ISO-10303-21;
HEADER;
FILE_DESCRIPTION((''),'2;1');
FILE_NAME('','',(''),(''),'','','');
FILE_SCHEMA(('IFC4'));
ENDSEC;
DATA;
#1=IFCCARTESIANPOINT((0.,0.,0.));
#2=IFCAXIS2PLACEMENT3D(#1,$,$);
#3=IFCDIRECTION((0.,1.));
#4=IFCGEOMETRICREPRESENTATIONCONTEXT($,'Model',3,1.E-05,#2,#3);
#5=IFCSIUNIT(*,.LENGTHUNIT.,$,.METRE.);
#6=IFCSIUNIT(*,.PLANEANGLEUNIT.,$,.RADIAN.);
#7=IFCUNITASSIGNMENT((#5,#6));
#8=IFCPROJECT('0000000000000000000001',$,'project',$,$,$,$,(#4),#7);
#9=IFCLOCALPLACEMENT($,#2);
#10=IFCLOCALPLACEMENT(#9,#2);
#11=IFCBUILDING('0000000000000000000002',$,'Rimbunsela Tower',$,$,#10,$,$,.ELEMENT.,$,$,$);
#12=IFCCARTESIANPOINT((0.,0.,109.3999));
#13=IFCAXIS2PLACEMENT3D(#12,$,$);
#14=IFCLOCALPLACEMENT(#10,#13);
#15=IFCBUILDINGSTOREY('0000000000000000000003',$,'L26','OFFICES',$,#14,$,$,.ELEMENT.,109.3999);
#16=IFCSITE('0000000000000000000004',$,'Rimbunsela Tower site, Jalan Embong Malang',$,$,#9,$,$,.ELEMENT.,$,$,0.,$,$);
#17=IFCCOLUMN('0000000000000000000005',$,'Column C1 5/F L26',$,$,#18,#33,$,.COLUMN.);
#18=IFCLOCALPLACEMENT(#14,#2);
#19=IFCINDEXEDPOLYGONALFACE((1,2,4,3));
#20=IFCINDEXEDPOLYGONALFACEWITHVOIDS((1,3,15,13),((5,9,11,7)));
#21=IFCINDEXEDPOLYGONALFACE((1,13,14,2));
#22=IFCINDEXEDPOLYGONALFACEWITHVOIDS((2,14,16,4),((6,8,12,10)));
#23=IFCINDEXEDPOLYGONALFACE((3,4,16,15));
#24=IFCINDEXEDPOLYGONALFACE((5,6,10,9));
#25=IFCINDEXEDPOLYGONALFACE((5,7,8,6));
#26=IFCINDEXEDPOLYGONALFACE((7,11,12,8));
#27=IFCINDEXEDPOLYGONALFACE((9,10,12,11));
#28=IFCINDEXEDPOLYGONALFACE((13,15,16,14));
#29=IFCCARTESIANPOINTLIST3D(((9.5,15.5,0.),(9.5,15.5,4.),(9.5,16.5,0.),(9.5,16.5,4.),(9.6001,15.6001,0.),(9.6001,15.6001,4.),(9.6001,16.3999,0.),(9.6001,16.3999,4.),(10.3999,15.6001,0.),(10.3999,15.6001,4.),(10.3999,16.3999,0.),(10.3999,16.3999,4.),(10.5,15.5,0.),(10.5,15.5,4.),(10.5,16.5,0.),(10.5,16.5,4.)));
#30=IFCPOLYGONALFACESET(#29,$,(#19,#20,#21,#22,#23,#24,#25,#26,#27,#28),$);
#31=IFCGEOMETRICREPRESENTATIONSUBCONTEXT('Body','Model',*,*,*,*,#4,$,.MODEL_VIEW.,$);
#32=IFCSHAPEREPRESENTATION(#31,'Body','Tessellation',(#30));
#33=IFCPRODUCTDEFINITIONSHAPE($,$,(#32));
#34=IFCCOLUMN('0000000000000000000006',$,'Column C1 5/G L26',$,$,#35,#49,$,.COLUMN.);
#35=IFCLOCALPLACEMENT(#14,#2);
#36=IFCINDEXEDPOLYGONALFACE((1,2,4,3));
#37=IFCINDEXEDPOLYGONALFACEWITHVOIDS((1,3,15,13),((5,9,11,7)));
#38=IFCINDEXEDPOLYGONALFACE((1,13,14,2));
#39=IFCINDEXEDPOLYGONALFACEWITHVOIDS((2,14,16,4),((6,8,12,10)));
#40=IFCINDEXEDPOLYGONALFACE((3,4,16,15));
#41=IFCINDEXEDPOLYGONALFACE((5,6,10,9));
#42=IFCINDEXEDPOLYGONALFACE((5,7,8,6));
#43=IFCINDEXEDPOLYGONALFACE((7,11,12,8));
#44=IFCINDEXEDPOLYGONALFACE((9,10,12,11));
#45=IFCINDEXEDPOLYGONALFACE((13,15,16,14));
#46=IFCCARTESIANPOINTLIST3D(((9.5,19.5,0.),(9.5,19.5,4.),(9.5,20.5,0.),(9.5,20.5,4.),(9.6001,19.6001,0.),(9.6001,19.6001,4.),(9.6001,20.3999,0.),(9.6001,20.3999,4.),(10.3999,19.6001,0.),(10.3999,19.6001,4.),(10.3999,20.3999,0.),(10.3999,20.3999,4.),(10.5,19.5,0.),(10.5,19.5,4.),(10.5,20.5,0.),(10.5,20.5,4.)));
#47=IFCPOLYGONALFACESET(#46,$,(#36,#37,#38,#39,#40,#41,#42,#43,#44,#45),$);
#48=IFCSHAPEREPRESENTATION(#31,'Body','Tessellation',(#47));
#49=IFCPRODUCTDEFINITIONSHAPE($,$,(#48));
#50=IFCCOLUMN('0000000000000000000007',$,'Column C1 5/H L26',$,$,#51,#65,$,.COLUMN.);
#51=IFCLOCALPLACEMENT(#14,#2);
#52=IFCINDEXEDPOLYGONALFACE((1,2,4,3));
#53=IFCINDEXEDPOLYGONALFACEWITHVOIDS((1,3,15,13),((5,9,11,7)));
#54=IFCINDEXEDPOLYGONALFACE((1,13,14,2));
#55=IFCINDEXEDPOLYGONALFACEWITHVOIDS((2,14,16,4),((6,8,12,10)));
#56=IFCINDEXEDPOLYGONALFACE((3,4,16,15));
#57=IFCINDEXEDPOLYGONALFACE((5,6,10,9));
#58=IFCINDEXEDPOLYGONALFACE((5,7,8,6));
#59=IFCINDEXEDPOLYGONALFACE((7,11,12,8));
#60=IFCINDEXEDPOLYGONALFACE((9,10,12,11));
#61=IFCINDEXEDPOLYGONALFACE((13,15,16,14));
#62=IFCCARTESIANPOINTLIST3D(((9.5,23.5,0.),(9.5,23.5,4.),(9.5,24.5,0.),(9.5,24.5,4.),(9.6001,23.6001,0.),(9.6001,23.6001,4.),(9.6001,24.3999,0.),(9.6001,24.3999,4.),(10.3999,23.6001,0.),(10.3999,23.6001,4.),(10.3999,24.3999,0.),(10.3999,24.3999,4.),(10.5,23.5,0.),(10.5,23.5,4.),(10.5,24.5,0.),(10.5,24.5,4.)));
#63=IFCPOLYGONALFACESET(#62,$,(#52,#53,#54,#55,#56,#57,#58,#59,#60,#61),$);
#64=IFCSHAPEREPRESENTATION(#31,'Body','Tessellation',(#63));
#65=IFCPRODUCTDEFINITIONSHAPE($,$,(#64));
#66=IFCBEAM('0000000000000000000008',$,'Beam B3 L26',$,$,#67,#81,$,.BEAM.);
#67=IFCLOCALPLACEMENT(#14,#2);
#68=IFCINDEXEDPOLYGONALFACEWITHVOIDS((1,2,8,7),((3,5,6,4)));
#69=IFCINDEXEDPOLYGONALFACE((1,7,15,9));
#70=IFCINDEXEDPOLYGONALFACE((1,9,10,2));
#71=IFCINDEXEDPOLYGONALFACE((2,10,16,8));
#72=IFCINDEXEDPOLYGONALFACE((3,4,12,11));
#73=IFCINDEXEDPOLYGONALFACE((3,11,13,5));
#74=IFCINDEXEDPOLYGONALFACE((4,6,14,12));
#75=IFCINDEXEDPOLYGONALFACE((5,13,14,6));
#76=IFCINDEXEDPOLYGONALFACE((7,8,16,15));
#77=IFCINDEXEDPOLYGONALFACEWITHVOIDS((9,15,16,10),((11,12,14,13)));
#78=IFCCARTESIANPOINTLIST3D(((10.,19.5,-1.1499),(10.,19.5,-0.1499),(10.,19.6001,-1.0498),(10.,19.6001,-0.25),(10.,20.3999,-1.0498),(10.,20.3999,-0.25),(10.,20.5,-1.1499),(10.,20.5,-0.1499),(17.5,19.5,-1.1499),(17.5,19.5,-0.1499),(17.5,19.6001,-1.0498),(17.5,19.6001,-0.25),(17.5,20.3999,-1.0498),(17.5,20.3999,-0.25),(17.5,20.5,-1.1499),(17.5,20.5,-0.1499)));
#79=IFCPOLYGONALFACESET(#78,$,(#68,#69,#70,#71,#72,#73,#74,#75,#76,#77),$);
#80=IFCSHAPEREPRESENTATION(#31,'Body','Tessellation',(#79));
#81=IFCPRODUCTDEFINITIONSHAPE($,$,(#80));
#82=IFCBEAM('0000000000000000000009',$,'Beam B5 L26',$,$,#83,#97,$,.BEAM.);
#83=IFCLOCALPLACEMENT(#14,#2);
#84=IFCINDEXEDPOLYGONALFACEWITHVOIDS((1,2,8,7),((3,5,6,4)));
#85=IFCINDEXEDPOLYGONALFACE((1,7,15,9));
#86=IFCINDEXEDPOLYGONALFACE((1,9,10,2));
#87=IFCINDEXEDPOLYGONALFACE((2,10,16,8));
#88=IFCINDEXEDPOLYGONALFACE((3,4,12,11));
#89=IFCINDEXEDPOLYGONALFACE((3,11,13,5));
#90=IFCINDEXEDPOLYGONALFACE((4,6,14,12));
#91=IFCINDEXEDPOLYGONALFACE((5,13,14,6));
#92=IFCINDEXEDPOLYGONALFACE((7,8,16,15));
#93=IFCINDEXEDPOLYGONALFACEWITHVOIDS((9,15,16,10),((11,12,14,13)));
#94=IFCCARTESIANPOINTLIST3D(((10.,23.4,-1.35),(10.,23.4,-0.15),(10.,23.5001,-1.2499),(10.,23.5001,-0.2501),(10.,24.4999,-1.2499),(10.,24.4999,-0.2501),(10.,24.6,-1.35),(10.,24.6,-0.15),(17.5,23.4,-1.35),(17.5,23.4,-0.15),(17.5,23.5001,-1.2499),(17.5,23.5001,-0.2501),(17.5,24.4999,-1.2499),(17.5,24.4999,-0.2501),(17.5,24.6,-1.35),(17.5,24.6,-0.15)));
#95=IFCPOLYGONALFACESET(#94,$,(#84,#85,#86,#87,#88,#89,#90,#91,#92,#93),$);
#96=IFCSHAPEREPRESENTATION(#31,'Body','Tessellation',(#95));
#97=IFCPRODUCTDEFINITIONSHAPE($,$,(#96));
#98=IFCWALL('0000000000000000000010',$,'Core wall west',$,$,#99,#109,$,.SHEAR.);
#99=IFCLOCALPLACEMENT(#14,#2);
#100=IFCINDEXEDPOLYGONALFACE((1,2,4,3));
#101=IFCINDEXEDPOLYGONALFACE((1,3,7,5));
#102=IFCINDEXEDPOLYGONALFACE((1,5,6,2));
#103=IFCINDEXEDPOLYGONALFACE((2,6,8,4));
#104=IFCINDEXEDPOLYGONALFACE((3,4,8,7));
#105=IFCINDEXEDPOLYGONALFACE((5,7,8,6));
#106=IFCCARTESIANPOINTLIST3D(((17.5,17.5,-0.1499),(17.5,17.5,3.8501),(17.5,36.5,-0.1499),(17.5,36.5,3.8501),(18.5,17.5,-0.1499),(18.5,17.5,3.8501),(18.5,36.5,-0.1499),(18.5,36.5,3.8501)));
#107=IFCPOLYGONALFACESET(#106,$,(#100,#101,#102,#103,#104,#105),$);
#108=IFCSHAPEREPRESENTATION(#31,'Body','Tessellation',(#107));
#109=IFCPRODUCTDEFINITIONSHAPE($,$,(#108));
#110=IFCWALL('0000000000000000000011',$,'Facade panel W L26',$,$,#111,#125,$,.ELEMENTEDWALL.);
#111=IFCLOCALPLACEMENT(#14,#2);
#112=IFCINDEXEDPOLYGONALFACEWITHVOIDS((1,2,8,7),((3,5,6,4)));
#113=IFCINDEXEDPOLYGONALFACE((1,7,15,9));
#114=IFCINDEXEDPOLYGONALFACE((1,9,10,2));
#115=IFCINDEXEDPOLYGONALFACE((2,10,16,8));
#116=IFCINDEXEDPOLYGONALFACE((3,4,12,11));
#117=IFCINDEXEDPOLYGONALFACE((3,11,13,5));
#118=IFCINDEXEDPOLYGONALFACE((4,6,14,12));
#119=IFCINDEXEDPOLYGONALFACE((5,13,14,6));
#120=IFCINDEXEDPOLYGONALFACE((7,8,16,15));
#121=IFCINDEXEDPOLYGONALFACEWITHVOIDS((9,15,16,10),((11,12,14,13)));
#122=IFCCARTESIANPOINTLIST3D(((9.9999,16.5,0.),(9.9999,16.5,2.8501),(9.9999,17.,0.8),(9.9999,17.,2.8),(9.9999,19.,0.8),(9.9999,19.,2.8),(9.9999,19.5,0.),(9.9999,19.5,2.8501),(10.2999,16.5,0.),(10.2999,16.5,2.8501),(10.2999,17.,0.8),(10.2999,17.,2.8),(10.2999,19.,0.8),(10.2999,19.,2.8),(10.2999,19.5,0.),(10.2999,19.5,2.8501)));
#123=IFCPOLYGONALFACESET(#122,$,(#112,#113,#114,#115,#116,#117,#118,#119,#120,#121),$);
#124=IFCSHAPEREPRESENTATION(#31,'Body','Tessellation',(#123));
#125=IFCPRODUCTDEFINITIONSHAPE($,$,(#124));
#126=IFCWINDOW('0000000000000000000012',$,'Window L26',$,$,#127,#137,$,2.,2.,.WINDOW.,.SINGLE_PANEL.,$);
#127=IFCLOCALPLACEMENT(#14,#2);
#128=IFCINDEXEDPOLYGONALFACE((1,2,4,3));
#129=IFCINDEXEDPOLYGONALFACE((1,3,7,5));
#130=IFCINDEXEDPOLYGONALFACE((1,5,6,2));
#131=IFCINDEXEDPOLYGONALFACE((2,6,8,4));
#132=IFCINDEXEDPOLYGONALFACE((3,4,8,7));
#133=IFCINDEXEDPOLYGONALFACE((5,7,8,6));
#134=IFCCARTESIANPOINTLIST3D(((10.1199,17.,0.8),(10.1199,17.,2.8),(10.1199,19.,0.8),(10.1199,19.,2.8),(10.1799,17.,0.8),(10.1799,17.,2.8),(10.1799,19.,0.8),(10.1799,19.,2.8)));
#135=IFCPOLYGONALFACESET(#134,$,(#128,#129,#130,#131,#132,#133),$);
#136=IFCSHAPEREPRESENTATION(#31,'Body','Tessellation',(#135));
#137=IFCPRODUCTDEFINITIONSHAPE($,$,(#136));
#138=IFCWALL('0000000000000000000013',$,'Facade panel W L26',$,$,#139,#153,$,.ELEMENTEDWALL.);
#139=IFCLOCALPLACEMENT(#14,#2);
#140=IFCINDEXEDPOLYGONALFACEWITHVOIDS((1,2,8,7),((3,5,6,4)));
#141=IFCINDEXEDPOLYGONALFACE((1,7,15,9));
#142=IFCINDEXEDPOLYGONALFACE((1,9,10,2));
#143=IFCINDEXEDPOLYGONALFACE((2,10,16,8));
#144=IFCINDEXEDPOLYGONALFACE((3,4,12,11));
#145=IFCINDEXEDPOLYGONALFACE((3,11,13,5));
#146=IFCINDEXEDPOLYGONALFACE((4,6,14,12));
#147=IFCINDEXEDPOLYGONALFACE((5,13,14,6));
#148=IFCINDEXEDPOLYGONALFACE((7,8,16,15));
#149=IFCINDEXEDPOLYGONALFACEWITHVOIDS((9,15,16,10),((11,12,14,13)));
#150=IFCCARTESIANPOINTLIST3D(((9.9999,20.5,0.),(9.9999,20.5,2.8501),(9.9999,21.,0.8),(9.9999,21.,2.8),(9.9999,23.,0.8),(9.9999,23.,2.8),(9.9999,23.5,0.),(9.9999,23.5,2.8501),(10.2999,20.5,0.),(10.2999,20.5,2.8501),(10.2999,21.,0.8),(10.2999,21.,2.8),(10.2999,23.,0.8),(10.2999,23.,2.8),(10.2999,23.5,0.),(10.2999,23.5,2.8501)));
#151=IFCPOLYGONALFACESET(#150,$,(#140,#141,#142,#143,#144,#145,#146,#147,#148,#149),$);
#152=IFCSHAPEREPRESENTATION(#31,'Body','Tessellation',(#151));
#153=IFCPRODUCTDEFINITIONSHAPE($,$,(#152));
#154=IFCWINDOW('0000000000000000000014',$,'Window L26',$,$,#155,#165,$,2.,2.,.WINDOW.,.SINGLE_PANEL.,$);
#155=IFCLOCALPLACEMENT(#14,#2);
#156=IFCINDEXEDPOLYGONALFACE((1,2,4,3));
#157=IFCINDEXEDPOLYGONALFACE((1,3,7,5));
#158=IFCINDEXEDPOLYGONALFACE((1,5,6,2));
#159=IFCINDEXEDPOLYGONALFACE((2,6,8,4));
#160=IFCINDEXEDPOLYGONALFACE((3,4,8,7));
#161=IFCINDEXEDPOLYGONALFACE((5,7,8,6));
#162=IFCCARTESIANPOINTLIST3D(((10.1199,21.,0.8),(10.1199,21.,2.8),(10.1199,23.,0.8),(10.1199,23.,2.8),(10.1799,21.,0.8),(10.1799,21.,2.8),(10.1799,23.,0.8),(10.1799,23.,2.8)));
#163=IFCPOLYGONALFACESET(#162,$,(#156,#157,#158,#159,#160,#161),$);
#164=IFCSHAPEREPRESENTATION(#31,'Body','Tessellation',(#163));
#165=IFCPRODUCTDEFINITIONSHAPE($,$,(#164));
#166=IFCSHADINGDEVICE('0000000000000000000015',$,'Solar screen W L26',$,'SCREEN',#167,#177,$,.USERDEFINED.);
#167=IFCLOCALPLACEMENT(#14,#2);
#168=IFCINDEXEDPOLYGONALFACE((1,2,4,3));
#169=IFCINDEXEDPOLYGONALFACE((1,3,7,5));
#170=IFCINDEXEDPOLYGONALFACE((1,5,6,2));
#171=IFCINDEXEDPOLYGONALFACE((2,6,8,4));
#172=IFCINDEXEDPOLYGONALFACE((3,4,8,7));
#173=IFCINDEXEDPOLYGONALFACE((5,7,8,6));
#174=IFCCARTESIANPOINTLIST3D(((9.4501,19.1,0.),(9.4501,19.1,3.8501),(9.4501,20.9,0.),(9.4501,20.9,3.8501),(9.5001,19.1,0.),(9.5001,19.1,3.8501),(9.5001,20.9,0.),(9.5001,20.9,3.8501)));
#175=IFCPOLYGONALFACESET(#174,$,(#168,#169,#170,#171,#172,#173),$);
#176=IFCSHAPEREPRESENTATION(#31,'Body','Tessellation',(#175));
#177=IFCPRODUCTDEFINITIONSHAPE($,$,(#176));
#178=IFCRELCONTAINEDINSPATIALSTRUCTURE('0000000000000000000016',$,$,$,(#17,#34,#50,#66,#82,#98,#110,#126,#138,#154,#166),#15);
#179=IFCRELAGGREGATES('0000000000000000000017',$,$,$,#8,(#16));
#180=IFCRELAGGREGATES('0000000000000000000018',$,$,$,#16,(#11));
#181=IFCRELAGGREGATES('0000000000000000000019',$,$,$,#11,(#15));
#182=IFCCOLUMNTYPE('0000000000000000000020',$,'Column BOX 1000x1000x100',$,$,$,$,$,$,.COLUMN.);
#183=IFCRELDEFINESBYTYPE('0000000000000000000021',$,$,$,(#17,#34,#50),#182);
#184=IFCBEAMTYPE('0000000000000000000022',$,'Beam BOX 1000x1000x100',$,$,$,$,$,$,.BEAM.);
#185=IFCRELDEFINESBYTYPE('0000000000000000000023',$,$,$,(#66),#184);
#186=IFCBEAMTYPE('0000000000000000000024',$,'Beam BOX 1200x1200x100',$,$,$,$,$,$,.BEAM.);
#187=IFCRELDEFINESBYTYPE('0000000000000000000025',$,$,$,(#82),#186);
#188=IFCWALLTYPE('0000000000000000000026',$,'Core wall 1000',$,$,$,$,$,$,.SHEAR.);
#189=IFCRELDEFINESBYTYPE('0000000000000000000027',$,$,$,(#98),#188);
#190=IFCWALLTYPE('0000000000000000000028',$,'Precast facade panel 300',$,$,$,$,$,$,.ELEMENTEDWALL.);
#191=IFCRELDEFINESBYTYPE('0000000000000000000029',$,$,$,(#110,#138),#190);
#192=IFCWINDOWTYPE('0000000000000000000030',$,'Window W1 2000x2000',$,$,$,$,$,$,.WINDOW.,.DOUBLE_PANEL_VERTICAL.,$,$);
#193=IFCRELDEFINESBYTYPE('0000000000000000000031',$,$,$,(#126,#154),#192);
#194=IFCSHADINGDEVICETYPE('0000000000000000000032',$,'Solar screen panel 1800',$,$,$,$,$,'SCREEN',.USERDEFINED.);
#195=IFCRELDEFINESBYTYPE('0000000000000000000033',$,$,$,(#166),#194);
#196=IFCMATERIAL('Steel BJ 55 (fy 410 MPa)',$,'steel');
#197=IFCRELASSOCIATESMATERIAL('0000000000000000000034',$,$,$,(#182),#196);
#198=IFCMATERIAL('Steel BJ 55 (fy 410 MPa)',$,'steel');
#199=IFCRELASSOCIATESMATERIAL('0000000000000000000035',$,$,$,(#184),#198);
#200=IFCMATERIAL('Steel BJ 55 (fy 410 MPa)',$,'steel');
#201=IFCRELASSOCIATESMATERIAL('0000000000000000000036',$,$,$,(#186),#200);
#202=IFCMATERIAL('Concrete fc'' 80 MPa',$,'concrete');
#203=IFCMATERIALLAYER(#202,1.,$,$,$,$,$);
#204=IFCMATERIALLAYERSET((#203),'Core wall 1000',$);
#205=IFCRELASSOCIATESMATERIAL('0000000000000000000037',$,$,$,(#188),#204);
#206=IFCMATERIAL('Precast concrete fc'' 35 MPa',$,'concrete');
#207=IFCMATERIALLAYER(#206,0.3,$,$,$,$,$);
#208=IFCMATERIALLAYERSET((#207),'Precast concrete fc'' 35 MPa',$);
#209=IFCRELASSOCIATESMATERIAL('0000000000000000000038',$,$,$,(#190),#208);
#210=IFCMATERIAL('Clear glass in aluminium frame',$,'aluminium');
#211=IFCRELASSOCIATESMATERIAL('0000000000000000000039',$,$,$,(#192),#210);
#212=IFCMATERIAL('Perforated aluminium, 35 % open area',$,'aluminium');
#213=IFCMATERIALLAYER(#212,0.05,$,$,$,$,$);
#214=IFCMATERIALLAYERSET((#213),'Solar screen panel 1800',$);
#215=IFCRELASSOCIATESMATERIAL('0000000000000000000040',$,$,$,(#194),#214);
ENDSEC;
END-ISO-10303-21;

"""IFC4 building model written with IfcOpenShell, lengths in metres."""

from ifc_helpers import new_model, si_unit, direction, frame, frame_2d, origin, origin_2d, place, context, subcontext, project, spatial, rectangle, hollow_rectangle, extrude, material, layer, layer_set, material_profile, profile_set, type_object, element, fill, save


model = new_model("IFC4")

# Units and contexts
model_context = context("Model", 3, precision=1e-05, world=origin(), true_north=direction((0.0, 1.0)))
body_context = subcontext(model_context, "Body", "Model", "MODEL_VIEW")
ifc_project = project(units=[si_unit("LENGTHUNIT", "METRE"), si_unit("PLANEANGLEUNIT", "RADIAN")], contexts=[model_context])

# Site, building, storey
site_placement = place(None, origin())
site = spatial("IfcSite", under=ifc_project, at=site_placement, Name="Rimbunsela Tower site, Jalan Embong Malang", CompositionType="ELEMENT", RefElevation=0.0)
building_placement = place(site_placement, origin())
building = spatial("IfcBuilding", under=site, at=building_placement, Name="Rimbunsela Tower", CompositionType="ELEMENT")
storey_placement = place(building_placement, frame((0.0, 0.0, 109.3999)))
storey = spatial("IfcBuildingStorey", under=building, at=storey_placement, Name="L26", Description="OFFICES", CompositionType="ELEMENT", Elevation=109.3999)

# Columns
ifc_material_1 = material(Name="Steel BJ 55 (fy 410 MPa)", Category="steel")
ifc_material_profile_1 = material_profile(ifc_material_1, hollow_rectangle(XDim=1.0, YDim=1.0, WallThickness=0.1001, at=origin_2d()), Name="BOX 1000x1000x100")
ifc_profile_set_1 = profile_set([ifc_material_profile_1], Name="Steel BJ 55 (fy 410 MPa)")
column_type = type_object("IfcColumnType", Name="Column BOX 1000x1000x100", PredefinedType="COLUMN", material=ifc_profile_set_1)
for number, where, z_axis, x_axis, name in (
    (1, (10.0, 16.0, 0.0), (0.0, 0.0, 1.0), (1.0, 0.0, 0.0), "Column C1 5/F L26"),
    (2, (10.0, 20.0, 0.0), (0.0, 0.0, 1.0), (1.0, 0.0, 0.0), "Column C1 5/G L26"),
    (3, (10.0, 24.0, 0.0), (0.0, 0.0, 1.0), (1.0, 0.0, 0.0), "Column C1 5/H L26"),
):
    element("IfcColumn", number, at=place(storey_placement, frame(where, z_axis=z_axis, x_axis=x_axis)), inside=storey, type_object=column_type, Name=name, PredefinedType="COLUMN", context=body_context, shape_type="SweptSolid", body=[
        extrude(hollow_rectangle(XDim=1.0, YDim=1.0, WallThickness=0.1001, at=origin_2d()), origin(), (0.0, 0.0, 1.0), 4.0),
    ])

# Beams
ifc_material_2 = material(Name="Steel BJ 55 (fy 410 MPa)", Category="steel")
ifc_material_profile_2 = material_profile(ifc_material_2, hollow_rectangle(XDim=1.0, YDim=1.0, WallThickness=0.1001, at=origin_2d()), Name="BOX 1000x1000x100")
ifc_profile_set_2 = profile_set([ifc_material_profile_2], Name="Steel BJ 55 (fy 410 MPa)")
beam_type_1 = type_object("IfcBeamType", Name="Beam BOX 1000x1000x100", PredefinedType="BEAM", material=ifc_profile_set_2)
beam_1_placement = place(storey_placement, frame((10.0, 20.0, -0.6499), z_axis=(1.0, 0.0, 0.0), x_axis=(0.0, 1.0, 0.0)))
element("IfcBeam", 4, at=beam_1_placement, inside=storey, type_object=beam_type_1, Name="Beam B3 L26", PredefinedType="BEAM", context=body_context, shape_type="SweptSolid", body=[
    extrude(hollow_rectangle(XDim=1.0, YDim=1.0, WallThickness=0.1001, at=origin_2d()), origin(), (0.0, 0.0, 1.0), 7.5),
])
ifc_material_3 = material(Name="Steel BJ 55 (fy 410 MPa)", Category="steel")
ifc_material_profile_3 = material_profile(ifc_material_3, hollow_rectangle(XDim=1.2, YDim=1.2, WallThickness=0.1001, at=origin_2d()), Name="BOX 1200x1200x100")
ifc_profile_set_3 = profile_set([ifc_material_profile_3], Name="Steel BJ 55 (fy 410 MPa)")
beam_type_2 = type_object("IfcBeamType", Name="Beam BOX 1200x1200x100", PredefinedType="BEAM", material=ifc_profile_set_3)
beam_2_placement = place(storey_placement, frame((10.0, 24.0, -0.75), z_axis=(1.0, 0.0, 0.0), x_axis=(0.0, 1.0, 0.0)))
element("IfcBeam", 5, at=beam_2_placement, inside=storey, type_object=beam_type_2, Name="Beam B5 L26", PredefinedType="BEAM", context=body_context, shape_type="SweptSolid", body=[
    extrude(hollow_rectangle(XDim=1.2, YDim=1.2, WallThickness=0.1001, at=origin_2d()), origin(), (0.0, 0.0, 1.0), 7.5),
])

# Wall
ifc_material_4 = material(Name="Concrete fc' 80 MPa", Category="concrete")
ifc_layer_1 = layer(ifc_material_4, 1.0)
ifc_layer_set_1 = layer_set([ifc_layer_1], Name="Core wall 1000")
wall_type_1 = type_object("IfcWallType", Name="Core wall 1000", PredefinedType="SHEAR", material=ifc_layer_set_1)
wall_1_placement = place(storey_placement, frame((18.0, 17.5, -0.1499), z_axis=(0.0, 0.0, 1.0), x_axis=(0.0, 1.0, 0.0)))
element("IfcWall", 6, at=wall_1_placement, inside=storey, type_object=wall_type_1, Name="Core wall west", PredefinedType="SHEAR", context=body_context, shape_type="SweptSolid", body=[
    extrude(rectangle(XDim=19.0, YDim=1.0, at=frame_2d((9.5, 0.0))), origin(), (0.0, 0.0, 1.0), 4.0),
])

# Walls, openings, windows
ifc_material_5 = material(Name="Precast concrete fc' 35 MPa", Category="concrete")
ifc_layer_2 = layer(ifc_material_5, 0.3)
ifc_layer_set_2 = layer_set([ifc_layer_2], Name="Precast concrete fc' 35 MPa")
wall_type_2 = type_object("IfcWallType", Name="Precast facade panel 300", PredefinedType="ELEMENTEDWALL", material=ifc_layer_set_2)
wall_2_placement = place(storey_placement, frame((10.1499, 19.5, 0.0), z_axis=(0.0, 0.0, 1.0), x_axis=(0.0, -1.0, 0.0)))
wall_2 = element("IfcWall", 7, at=wall_2_placement, inside=storey, type_object=wall_type_2, Name="Facade panel W L26", PredefinedType="ELEMENTEDWALL", context=body_context, shape_type="SweptSolid", body=[
    extrude(rectangle(XDim=3.0, YDim=0.3, at=frame_2d((1.5, 0.0))), origin(), (0.0, 0.0, 1.0), 2.8501),
])
opening_1_placement = place(wall_2_placement, frame((0.5, 0.0, 0.8)))
opening_1 = element("IfcOpeningElement", 8, at=opening_1_placement, cuts=wall_2, PredefinedType="OPENING", context=body_context, shape_type="SweptSolid", body=[
    extrude(rectangle(XDim=2.0, YDim=2.0, at=frame_2d((1.0, 1.0))), frame((0.0, 0.1599, 0.0), z_axis=(0.0, -1.0, 0.0), x_axis=(1.0, 0.0, 0.0)), (0.0, 0.0, 1.0), 0.3201),
])
ifc_material_6 = material(Name="Clear glass in aluminium frame", Category="aluminium")
window_type = type_object("IfcWindowType", Name="Window W1 2000x2000", PartitioningType="DOUBLE_PANEL_VERTICAL", PredefinedType="WINDOW", material=ifc_material_6)
window_1_placement = place(opening_1_placement, origin())
window_1 = element("IfcWindow", 9, at=window_1_placement, inside=storey, type_object=window_type, Name="Window L26", OverallHeight=2.0, OverallWidth=2.0, PartitioningType="SINGLE_PANEL", PredefinedType="WINDOW", context=body_context, shape_type="SweptSolid", body=[
    extrude(rectangle(XDim=2.0, YDim=2.0, at=frame_2d((1.0, 1.0))), frame((0.0, 0.03, 0.0), z_axis=(0.0, -1.0, 0.0), x_axis=(1.0, 0.0, 0.0)), (0.0, 0.0, 1.0), 0.0601),
])
fill(opening_1, window_1)
wall_3_placement = place(storey_placement, frame((10.1499, 23.5, 0.0), z_axis=(0.0, 0.0, 1.0), x_axis=(0.0, -1.0, 0.0)))
wall_3 = element("IfcWall", 10, at=wall_3_placement, inside=storey, type_object=wall_type_2, Name="Facade panel W L26", PredefinedType="ELEMENTEDWALL", context=body_context, shape_type="SweptSolid", body=[
    extrude(rectangle(XDim=3.0, YDim=0.3, at=frame_2d((1.5, 0.0))), origin(), (0.0, 0.0, 1.0), 2.8501),
])
opening_2_placement = place(wall_3_placement, frame((0.5, 0.0, 0.8)))
opening_2 = element("IfcOpeningElement", 11, at=opening_2_placement, cuts=wall_3, PredefinedType="OPENING", context=body_context, shape_type="SweptSolid", body=[
    extrude(rectangle(XDim=2.0, YDim=2.0, at=frame_2d((1.0, 1.0))), frame((0.0, 0.1599, 0.0), z_axis=(0.0, -1.0, 0.0), x_axis=(1.0, 0.0, 0.0)), (0.0, 0.0, 1.0), 0.3201),
])
window_2_placement = place(opening_2_placement, origin())
window_2 = element("IfcWindow", 12, at=window_2_placement, inside=storey, type_object=window_type, Name="Window L26", OverallHeight=2.0, OverallWidth=2.0, PartitioningType="SINGLE_PANEL", PredefinedType="WINDOW", context=body_context, shape_type="SweptSolid", body=[
    extrude(rectangle(XDim=2.0, YDim=2.0, at=frame_2d((1.0, 1.0))), frame((0.0, 0.03, 0.0), z_axis=(0.0, -1.0, 0.0), x_axis=(1.0, 0.0, 0.0)), (0.0, 0.0, 1.0), 0.0601),
])
fill(opening_2, window_2)

# Shading device
ifc_material_7 = material(Name="Perforated aluminium, 35 % open area", Category="aluminium")
ifc_layer_3 = layer(ifc_material_7, 0.05)
ifc_layer_set_3 = layer_set([ifc_layer_3], Name="Solar screen panel 1800")
shading_device_type = type_object("IfcShadingDeviceType", Name="Solar screen panel 1800", ElementType="SCREEN", PredefinedType="USERDEFINED", material=ifc_layer_set_3)
for number, where, z_axis, x_axis, name in (
    (13, (9.4751, 20.0, 0.0), (0.0, 0.0, 1.0), (0.0, 1.0, 0.0), "Solar screen W L26"),
):
    element("IfcShadingDevice", number, at=place(storey_placement, frame(where, z_axis=z_axis, x_axis=x_axis)), inside=storey, type_object=shading_device_type, Name=name, ObjectType="SCREEN", PredefinedType="USERDEFINED", context=body_context, shape_type="SweptSolid", body=[
        extrude(rectangle(XDim=1.8, YDim=0.05, at=origin_2d()), origin(), (0.0, 0.0, 1.0), 3.8501),
    ])

save(model, "model.ifc")
